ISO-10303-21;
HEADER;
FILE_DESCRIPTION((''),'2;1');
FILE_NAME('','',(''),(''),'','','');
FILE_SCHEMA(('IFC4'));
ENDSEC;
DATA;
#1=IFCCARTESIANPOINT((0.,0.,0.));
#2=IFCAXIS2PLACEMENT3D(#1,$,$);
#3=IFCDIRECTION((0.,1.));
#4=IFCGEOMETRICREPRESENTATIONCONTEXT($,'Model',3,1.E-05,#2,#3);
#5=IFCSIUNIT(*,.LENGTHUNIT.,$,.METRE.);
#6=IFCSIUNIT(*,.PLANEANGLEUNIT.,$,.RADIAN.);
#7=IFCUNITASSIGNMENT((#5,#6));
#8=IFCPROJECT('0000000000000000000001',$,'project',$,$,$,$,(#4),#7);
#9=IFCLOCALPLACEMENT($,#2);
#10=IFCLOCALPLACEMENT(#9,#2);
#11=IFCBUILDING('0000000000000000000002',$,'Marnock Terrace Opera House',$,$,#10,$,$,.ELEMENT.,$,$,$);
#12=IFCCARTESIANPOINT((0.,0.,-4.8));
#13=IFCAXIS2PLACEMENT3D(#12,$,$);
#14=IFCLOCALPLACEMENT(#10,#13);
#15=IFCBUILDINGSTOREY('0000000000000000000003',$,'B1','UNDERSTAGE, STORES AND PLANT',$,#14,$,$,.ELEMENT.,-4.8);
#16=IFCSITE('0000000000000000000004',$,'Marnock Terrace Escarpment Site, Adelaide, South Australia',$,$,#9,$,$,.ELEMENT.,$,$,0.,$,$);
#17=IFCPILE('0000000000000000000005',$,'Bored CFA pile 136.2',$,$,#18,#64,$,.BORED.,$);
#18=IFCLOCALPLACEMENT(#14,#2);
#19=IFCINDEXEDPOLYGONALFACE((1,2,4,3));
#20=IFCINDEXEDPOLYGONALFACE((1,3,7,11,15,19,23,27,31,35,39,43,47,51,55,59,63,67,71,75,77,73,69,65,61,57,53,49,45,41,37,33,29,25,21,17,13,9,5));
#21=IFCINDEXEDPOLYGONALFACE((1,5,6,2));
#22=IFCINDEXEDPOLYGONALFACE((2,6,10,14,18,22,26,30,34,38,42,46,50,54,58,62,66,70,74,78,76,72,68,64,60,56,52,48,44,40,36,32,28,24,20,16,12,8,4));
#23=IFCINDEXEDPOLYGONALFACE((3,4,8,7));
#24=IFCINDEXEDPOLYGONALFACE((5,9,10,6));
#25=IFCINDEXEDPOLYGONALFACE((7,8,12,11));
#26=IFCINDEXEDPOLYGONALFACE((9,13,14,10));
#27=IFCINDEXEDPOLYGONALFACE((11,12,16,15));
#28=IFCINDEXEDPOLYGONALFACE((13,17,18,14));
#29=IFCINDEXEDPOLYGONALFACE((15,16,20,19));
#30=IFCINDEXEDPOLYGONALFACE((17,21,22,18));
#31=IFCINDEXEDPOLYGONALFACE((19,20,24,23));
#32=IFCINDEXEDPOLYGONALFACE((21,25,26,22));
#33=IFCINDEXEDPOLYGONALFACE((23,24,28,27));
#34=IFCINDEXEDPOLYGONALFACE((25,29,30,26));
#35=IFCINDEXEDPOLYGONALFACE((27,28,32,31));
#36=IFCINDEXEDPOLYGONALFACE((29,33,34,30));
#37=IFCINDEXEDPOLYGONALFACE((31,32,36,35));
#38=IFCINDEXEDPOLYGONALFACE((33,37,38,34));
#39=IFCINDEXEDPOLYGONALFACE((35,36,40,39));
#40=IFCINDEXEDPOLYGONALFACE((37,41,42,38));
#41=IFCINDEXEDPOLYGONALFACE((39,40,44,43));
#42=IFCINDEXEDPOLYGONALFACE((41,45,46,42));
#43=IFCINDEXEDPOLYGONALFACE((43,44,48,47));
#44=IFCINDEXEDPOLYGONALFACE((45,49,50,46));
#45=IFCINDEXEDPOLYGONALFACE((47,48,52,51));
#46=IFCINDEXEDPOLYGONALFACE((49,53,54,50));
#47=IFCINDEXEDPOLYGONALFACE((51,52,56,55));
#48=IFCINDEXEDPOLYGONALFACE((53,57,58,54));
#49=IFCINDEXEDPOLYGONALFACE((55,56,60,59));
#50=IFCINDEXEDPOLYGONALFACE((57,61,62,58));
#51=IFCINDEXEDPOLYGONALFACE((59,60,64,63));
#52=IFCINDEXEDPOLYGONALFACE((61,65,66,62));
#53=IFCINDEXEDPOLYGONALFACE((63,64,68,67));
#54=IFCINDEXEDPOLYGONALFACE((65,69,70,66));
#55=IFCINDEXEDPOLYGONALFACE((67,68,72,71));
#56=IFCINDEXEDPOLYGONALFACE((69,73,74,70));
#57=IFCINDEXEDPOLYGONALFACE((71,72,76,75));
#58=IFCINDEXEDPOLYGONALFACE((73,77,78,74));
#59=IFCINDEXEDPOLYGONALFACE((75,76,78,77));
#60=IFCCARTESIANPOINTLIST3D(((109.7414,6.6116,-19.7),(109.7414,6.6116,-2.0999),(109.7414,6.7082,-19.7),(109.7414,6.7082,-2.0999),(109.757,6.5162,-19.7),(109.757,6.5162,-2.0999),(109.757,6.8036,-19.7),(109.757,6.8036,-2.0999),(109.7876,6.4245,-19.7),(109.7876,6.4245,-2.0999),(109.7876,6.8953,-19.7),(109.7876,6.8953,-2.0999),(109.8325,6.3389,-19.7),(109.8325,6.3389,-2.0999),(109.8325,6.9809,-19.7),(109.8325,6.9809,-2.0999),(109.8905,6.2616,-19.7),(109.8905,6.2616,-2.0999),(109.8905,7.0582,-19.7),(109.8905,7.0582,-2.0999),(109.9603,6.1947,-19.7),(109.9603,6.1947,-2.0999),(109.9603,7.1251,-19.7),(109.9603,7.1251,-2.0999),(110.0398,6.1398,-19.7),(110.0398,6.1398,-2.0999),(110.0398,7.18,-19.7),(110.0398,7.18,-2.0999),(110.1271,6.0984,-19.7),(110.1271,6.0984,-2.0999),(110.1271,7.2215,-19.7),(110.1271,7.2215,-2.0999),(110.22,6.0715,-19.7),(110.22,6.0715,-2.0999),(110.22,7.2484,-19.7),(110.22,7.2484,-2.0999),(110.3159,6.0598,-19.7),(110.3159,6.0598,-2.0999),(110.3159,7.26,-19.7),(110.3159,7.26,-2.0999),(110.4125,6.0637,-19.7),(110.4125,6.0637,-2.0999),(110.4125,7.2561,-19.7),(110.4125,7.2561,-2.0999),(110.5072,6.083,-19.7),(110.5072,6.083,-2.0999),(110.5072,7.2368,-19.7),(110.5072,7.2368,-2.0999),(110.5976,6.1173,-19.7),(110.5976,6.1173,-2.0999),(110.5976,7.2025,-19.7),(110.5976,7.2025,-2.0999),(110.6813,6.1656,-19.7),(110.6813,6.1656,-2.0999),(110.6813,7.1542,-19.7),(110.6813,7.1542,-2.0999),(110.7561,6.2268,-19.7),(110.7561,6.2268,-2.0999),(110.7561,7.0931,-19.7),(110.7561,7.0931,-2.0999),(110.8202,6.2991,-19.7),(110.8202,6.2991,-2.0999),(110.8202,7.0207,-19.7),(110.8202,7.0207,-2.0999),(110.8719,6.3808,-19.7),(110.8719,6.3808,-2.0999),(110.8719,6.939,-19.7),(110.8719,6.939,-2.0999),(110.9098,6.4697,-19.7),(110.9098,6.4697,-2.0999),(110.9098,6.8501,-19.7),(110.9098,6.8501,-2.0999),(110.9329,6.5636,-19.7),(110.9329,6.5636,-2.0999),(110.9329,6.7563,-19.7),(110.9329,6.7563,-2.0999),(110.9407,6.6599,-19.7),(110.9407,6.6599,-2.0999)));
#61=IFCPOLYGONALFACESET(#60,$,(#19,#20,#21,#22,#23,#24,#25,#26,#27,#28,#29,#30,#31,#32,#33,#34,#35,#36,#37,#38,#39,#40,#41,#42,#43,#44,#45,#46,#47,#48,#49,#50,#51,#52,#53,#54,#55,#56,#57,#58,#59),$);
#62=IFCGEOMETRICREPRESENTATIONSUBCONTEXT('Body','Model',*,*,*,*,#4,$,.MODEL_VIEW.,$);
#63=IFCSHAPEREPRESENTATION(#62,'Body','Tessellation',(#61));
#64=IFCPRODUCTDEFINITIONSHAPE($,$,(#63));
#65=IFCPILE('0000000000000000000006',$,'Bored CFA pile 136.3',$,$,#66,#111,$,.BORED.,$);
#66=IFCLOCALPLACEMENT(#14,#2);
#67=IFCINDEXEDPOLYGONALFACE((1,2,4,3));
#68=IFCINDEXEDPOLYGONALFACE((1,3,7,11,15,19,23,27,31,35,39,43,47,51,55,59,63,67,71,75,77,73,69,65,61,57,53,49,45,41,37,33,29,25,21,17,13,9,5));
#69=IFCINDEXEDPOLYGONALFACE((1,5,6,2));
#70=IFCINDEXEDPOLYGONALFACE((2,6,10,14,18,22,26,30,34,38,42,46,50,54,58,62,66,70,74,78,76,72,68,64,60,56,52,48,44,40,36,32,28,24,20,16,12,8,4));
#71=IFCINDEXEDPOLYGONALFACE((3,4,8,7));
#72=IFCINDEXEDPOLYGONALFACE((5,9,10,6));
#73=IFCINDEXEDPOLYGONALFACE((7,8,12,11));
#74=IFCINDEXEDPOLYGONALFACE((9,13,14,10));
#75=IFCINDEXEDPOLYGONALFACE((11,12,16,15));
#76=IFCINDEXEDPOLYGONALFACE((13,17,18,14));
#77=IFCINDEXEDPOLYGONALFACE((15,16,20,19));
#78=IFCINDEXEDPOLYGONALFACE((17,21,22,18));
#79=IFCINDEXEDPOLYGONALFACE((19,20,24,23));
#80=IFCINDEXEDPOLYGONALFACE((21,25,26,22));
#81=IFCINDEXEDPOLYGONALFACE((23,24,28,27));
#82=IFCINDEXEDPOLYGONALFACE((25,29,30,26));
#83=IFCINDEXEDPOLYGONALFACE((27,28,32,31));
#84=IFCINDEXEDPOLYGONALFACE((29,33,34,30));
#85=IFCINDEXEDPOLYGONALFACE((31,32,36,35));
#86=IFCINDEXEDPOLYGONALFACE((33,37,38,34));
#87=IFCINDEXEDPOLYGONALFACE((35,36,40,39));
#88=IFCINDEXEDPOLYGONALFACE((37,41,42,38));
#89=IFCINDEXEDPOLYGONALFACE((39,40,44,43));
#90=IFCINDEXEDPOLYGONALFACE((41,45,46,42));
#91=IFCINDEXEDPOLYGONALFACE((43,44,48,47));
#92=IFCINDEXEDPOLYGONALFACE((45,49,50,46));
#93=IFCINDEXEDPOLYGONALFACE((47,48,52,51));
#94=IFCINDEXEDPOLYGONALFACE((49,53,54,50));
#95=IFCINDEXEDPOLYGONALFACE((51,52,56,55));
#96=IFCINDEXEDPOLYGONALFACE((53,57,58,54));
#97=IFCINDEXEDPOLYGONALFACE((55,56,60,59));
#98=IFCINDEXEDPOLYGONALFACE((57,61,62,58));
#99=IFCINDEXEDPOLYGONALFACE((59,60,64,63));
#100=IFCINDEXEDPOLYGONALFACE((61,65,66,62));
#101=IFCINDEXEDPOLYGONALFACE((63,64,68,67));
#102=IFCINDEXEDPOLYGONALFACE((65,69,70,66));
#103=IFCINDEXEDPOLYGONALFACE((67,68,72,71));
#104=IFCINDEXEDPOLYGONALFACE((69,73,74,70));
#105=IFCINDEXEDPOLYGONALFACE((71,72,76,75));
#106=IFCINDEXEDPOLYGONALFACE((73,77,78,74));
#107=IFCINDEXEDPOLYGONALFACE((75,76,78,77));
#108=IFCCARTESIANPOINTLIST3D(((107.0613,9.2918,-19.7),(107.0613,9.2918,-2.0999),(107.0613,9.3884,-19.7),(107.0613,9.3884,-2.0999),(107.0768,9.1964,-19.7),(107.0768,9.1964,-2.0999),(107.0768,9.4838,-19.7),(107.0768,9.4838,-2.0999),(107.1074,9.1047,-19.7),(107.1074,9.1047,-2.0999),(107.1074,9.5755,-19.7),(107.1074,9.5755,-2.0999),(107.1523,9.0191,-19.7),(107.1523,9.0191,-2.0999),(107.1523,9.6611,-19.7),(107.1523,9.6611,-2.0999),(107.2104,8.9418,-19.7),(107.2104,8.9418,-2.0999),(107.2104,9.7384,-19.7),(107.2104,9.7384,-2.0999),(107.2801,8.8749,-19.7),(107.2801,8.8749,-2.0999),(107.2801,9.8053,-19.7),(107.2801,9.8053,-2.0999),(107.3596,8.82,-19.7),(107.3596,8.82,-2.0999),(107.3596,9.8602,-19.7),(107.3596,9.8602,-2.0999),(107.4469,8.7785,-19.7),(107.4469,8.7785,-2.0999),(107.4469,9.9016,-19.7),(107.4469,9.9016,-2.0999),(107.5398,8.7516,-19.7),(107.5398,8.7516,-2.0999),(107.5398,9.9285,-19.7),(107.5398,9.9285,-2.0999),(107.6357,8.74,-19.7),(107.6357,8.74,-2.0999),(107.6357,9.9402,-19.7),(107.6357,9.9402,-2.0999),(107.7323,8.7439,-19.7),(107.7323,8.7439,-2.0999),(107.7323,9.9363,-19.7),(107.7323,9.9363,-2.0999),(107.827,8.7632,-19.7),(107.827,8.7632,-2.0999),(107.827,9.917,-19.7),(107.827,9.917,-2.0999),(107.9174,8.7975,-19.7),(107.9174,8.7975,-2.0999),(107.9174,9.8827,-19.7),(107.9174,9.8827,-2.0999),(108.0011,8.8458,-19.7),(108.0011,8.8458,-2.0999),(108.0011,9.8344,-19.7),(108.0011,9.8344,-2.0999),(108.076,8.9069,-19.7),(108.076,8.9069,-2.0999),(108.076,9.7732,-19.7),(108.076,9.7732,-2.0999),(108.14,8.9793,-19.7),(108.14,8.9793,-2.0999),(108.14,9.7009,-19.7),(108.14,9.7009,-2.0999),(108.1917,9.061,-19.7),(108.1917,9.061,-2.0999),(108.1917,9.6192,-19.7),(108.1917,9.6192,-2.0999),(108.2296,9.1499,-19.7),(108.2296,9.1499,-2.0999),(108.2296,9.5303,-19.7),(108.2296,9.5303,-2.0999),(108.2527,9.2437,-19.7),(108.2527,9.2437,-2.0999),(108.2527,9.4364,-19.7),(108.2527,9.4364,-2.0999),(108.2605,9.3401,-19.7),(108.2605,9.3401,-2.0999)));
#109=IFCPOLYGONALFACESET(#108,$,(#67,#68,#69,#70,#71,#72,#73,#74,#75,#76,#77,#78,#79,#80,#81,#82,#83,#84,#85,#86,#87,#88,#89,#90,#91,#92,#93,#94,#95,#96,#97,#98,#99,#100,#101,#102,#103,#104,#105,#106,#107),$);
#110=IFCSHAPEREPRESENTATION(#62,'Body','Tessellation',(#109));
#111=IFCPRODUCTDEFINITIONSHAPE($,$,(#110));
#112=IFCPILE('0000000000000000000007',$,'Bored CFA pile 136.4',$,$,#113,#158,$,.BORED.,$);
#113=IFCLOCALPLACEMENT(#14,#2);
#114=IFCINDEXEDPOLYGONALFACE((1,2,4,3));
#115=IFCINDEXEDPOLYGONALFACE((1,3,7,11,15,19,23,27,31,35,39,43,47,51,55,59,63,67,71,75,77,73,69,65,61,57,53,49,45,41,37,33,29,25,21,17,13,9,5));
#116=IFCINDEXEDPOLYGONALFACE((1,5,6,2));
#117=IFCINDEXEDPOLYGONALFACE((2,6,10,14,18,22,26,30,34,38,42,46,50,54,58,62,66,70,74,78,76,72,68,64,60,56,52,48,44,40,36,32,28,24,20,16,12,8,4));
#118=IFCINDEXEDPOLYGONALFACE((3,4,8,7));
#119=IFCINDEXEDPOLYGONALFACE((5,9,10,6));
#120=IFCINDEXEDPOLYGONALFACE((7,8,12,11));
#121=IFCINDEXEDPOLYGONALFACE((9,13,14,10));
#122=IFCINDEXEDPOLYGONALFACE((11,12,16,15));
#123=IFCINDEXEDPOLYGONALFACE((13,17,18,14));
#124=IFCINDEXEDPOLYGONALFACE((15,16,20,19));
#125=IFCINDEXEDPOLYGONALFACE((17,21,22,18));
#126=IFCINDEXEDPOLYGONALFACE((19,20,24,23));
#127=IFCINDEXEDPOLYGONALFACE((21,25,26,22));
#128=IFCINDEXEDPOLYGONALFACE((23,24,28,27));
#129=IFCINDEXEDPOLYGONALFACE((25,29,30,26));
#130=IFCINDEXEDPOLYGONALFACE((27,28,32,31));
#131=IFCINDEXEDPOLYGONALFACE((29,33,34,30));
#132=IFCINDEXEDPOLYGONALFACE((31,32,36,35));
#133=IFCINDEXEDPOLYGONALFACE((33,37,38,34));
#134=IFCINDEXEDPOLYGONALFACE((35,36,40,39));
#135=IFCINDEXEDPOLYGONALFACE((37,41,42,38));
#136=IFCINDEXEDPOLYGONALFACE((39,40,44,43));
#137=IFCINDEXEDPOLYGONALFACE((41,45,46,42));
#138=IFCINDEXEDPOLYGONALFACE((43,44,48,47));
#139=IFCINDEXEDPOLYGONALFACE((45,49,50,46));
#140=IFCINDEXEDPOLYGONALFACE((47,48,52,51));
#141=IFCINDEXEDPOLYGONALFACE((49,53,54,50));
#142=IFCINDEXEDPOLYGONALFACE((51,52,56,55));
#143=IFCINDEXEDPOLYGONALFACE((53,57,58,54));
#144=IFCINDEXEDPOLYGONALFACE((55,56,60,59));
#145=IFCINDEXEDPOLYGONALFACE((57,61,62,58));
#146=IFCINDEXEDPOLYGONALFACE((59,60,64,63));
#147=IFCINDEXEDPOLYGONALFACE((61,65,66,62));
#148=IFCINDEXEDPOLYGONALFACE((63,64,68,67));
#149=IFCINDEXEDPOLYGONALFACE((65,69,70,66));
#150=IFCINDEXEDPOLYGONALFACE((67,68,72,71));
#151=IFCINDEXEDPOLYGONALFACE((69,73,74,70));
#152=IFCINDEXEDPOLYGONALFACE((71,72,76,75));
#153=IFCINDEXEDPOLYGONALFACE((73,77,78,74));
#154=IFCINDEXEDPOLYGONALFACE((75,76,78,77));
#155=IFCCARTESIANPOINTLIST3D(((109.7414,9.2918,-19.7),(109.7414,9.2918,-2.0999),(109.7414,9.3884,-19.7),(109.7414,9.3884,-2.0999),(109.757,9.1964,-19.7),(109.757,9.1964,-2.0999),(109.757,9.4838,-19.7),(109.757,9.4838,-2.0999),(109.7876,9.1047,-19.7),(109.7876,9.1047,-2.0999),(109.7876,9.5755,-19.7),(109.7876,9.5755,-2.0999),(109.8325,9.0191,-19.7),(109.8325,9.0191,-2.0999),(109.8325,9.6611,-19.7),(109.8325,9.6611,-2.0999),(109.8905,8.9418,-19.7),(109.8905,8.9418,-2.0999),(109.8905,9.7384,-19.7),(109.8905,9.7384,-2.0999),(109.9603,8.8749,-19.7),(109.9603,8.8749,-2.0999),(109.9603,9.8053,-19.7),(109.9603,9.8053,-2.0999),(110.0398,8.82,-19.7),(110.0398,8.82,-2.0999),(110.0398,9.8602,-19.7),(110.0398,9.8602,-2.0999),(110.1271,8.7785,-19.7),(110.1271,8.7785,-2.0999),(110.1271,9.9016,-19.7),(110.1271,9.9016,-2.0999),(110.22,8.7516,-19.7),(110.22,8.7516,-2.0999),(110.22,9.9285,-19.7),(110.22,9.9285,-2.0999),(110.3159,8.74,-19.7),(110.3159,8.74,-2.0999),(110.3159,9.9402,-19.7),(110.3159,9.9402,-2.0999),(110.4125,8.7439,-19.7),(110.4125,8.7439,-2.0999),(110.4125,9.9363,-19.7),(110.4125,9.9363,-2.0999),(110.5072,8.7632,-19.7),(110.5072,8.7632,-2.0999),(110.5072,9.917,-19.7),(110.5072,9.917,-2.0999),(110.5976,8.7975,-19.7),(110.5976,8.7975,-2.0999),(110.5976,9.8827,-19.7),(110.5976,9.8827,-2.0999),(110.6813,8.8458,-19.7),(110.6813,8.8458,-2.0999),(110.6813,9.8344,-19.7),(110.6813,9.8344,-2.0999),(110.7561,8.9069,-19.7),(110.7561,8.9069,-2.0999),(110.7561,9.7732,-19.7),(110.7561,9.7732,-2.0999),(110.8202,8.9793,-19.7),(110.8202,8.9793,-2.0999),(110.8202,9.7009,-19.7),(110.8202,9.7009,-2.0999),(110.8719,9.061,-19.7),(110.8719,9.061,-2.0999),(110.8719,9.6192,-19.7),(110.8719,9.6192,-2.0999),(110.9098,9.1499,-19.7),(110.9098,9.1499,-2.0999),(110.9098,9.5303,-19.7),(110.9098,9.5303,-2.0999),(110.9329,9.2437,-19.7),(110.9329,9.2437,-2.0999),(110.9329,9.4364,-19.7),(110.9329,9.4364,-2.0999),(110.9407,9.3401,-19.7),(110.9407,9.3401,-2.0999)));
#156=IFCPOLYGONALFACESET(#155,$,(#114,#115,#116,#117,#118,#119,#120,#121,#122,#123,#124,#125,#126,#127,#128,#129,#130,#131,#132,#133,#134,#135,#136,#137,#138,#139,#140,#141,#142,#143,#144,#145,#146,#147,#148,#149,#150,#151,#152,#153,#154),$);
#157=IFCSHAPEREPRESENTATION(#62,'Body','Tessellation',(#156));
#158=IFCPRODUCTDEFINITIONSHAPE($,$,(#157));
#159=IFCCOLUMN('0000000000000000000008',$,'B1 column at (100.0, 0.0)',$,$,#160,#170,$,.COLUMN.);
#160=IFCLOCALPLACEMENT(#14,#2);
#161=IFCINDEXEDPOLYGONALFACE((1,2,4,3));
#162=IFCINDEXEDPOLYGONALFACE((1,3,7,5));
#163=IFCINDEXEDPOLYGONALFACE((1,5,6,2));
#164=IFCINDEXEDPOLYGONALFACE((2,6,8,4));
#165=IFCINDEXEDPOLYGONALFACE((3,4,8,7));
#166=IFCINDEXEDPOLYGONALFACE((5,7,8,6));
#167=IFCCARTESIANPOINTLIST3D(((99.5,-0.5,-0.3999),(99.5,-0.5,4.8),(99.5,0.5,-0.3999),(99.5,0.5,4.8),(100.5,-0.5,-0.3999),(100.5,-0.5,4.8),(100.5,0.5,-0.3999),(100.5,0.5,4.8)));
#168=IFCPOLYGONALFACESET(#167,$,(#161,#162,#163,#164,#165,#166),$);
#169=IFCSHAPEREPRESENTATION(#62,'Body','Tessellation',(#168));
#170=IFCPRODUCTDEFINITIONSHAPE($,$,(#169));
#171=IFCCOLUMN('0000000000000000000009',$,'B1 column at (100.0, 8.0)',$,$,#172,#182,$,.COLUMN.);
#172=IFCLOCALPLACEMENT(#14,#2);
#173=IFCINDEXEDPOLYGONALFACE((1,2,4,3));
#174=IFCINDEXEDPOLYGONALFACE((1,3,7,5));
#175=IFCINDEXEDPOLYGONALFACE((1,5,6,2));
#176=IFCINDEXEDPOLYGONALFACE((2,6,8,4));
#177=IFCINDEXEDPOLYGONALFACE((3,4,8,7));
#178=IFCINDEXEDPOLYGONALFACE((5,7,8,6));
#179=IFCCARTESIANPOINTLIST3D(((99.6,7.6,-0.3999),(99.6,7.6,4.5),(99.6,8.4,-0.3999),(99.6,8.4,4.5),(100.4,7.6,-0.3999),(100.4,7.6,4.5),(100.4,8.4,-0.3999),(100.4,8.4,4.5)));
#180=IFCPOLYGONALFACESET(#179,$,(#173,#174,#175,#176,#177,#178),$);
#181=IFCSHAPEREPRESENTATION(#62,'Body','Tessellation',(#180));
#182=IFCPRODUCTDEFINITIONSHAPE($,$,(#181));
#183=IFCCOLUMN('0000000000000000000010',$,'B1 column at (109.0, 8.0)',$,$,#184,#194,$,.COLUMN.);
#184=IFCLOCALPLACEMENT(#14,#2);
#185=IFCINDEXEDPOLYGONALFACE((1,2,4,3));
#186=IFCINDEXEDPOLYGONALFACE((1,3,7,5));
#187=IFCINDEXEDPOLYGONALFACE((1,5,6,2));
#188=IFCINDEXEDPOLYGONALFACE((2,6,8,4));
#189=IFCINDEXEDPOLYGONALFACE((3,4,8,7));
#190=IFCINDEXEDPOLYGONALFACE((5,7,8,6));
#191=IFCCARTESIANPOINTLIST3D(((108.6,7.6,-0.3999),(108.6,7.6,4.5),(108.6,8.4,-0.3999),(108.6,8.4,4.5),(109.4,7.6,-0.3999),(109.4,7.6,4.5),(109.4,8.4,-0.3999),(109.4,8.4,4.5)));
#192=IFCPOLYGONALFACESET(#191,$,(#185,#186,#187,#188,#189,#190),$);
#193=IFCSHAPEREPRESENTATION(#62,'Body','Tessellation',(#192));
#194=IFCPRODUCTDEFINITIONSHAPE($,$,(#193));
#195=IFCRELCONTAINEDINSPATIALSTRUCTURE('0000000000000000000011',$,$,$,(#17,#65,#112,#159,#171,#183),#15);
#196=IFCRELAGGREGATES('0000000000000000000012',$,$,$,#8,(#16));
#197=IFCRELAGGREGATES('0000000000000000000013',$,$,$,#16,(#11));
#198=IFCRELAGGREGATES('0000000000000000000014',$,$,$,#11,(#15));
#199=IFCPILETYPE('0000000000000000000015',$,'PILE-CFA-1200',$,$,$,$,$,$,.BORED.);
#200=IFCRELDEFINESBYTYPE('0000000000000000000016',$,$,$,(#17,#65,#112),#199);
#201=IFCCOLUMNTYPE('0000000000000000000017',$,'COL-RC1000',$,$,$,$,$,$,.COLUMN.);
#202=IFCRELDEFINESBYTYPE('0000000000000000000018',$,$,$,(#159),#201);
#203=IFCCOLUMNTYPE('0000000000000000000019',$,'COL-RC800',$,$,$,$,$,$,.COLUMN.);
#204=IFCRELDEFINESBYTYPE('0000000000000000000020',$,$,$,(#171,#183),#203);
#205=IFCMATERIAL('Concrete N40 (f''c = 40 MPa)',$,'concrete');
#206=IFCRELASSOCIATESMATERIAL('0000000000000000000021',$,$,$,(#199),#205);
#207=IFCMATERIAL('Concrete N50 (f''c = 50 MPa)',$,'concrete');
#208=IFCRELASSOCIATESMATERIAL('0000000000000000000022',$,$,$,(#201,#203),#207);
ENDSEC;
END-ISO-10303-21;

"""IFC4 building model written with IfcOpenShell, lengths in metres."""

from ifc_helpers import new_model, si_unit, direction, frame, origin, origin_2d, place, context, subcontext, project, spatial, rectangle, circle, extrude, material, material_profile, profile_set, type_object, element, save


model = new_model("IFC4")

# Units and contexts
model_context = context("Model", 3, precision=1e-05, world=origin(), true_north=direction((0.0, 1.0)))
body_context = subcontext(model_context, "Body", "Model", "MODEL_VIEW")
ifc_project = project(units=[si_unit("LENGTHUNIT", "METRE"), si_unit("PLANEANGLEUNIT", "RADIAN")], contexts=[model_context])

# Site, building, storey
site_placement = place(None, origin())
site = spatial("IfcSite", under=ifc_project, at=site_placement, Name="Marnock Terrace Escarpment Site, Adelaide, South Australia", CompositionType="ELEMENT", RefElevation=0.0)
building_placement = place(site_placement, origin())
building = spatial("IfcBuilding", under=site, at=building_placement, Name="Marnock Terrace Opera House", CompositionType="ELEMENT")
storey_placement = place(building_placement, frame((0.0, 0.0, -4.8)))
storey = spatial("IfcBuildingStorey", under=building, at=storey_placement, Name="B1", Description="UNDERSTAGE, STORES AND PLANT", CompositionType="ELEMENT", Elevation=-4.8)

# Shared definitions
ifc_material_1 = material(Name="Concrete N40 (f'c = 40 MPa)", Category="concrete")

# Piles
ifc_material_profile_1 = material_profile(ifc_material_1, circle(Radius=0.6006, at=origin_2d()))
ifc_profile_set_1 = profile_set([ifc_material_profile_1], Name="Concrete N40 (f'c = 40 MPa)")
pile_type = type_object("IfcPileType", Name="PILE-CFA-1200", PredefinedType="BORED", material=ifc_profile_set_1)
for number, where, z_axis, x_axis, name in (
    (1, (110.3401, 6.6599, -2.0999), (0.0, 0.0, -1.0), (1.0, 0.0, 0.0), "Bored CFA pile 136.2"),
    (2, (107.6599, 9.3401, -2.0999), (0.0, 0.0, -1.0), (1.0, 0.0, 0.0), "Bored CFA pile 136.3"),
    (3, (110.3401, 9.3401, -2.0999), (0.0, 0.0, -1.0), (1.0, 0.0, 0.0), "Bored CFA pile 136.4"),
):
    element("IfcPile", number, at=place(storey_placement, frame(where, z_axis=z_axis, x_axis=x_axis)), inside=storey, type_object=pile_type, Name=name, PredefinedType="BORED", context=body_context, shape_type="SweptSolid", body=[
        extrude(circle(Radius=0.6006, at=origin_2d()), origin(), (0.0, 0.0, 1.0), 17.6001),
    ])

# Columns
ifc_material_2 = material(Name="Concrete N50 (f'c = 50 MPa)", Category="concrete")
ifc_material_profile_2 = material_profile(ifc_material_2, rectangle(XDim=1.0, YDim=1.0, at=origin_2d()))
ifc_profile_set_2 = profile_set([ifc_material_profile_2], Name="Concrete N50 (f'c = 50 MPa)")
column_type_1 = type_object("IfcColumnType", Name="COL-RC1000", PredefinedType="COLUMN", material=ifc_profile_set_2)
column_placement = place(storey_placement, frame((100.0, 0.0, -0.3999), z_axis=(0.0, 0.0, 1.0), x_axis=(1.0, 0.0, 0.0)))
element("IfcColumn", 4, at=column_placement, inside=storey, type_object=column_type_1, Name="B1 column at (100.0, 0.0)", PredefinedType="COLUMN", context=body_context, shape_type="SweptSolid", body=[
    extrude(rectangle(XDim=1.0, YDim=1.0, at=origin_2d()), origin(), (0.0, 0.0, 1.0), 5.2),
])
ifc_material_profile_3 = material_profile(ifc_material_2, rectangle(XDim=0.8, YDim=0.8, at=origin_2d()))
ifc_profile_set_3 = profile_set([ifc_material_profile_3], Name="Concrete N50 (f'c = 50 MPa)")
column_type_2 = type_object("IfcColumnType", Name="COL-RC800", PredefinedType="COLUMN", material=ifc_profile_set_3)
for number, where, z_axis, x_axis, name in (
    (5, (100.0, 8.0, -0.3999), (0.0, 0.0, 1.0), (1.0, 0.0, 0.0), "B1 column at (100.0, 8.0)"),
    (6, (109.0, 8.0, -0.3999), (0.0, 0.0, 1.0), (1.0, 0.0, 0.0), "B1 column at (109.0, 8.0)"),
):
    element("IfcColumn", number, at=place(storey_placement, frame(where, z_axis=z_axis, x_axis=x_axis)), inside=storey, type_object=column_type_2, Name=name, PredefinedType="COLUMN", context=body_context, shape_type="SweptSolid", body=[
        extrude(rectangle(XDim=0.8, YDim=0.8, at=origin_2d()), origin(), (0.0, 0.0, 1.0), 4.8999),
    ])

save(model, "model.ifc")
